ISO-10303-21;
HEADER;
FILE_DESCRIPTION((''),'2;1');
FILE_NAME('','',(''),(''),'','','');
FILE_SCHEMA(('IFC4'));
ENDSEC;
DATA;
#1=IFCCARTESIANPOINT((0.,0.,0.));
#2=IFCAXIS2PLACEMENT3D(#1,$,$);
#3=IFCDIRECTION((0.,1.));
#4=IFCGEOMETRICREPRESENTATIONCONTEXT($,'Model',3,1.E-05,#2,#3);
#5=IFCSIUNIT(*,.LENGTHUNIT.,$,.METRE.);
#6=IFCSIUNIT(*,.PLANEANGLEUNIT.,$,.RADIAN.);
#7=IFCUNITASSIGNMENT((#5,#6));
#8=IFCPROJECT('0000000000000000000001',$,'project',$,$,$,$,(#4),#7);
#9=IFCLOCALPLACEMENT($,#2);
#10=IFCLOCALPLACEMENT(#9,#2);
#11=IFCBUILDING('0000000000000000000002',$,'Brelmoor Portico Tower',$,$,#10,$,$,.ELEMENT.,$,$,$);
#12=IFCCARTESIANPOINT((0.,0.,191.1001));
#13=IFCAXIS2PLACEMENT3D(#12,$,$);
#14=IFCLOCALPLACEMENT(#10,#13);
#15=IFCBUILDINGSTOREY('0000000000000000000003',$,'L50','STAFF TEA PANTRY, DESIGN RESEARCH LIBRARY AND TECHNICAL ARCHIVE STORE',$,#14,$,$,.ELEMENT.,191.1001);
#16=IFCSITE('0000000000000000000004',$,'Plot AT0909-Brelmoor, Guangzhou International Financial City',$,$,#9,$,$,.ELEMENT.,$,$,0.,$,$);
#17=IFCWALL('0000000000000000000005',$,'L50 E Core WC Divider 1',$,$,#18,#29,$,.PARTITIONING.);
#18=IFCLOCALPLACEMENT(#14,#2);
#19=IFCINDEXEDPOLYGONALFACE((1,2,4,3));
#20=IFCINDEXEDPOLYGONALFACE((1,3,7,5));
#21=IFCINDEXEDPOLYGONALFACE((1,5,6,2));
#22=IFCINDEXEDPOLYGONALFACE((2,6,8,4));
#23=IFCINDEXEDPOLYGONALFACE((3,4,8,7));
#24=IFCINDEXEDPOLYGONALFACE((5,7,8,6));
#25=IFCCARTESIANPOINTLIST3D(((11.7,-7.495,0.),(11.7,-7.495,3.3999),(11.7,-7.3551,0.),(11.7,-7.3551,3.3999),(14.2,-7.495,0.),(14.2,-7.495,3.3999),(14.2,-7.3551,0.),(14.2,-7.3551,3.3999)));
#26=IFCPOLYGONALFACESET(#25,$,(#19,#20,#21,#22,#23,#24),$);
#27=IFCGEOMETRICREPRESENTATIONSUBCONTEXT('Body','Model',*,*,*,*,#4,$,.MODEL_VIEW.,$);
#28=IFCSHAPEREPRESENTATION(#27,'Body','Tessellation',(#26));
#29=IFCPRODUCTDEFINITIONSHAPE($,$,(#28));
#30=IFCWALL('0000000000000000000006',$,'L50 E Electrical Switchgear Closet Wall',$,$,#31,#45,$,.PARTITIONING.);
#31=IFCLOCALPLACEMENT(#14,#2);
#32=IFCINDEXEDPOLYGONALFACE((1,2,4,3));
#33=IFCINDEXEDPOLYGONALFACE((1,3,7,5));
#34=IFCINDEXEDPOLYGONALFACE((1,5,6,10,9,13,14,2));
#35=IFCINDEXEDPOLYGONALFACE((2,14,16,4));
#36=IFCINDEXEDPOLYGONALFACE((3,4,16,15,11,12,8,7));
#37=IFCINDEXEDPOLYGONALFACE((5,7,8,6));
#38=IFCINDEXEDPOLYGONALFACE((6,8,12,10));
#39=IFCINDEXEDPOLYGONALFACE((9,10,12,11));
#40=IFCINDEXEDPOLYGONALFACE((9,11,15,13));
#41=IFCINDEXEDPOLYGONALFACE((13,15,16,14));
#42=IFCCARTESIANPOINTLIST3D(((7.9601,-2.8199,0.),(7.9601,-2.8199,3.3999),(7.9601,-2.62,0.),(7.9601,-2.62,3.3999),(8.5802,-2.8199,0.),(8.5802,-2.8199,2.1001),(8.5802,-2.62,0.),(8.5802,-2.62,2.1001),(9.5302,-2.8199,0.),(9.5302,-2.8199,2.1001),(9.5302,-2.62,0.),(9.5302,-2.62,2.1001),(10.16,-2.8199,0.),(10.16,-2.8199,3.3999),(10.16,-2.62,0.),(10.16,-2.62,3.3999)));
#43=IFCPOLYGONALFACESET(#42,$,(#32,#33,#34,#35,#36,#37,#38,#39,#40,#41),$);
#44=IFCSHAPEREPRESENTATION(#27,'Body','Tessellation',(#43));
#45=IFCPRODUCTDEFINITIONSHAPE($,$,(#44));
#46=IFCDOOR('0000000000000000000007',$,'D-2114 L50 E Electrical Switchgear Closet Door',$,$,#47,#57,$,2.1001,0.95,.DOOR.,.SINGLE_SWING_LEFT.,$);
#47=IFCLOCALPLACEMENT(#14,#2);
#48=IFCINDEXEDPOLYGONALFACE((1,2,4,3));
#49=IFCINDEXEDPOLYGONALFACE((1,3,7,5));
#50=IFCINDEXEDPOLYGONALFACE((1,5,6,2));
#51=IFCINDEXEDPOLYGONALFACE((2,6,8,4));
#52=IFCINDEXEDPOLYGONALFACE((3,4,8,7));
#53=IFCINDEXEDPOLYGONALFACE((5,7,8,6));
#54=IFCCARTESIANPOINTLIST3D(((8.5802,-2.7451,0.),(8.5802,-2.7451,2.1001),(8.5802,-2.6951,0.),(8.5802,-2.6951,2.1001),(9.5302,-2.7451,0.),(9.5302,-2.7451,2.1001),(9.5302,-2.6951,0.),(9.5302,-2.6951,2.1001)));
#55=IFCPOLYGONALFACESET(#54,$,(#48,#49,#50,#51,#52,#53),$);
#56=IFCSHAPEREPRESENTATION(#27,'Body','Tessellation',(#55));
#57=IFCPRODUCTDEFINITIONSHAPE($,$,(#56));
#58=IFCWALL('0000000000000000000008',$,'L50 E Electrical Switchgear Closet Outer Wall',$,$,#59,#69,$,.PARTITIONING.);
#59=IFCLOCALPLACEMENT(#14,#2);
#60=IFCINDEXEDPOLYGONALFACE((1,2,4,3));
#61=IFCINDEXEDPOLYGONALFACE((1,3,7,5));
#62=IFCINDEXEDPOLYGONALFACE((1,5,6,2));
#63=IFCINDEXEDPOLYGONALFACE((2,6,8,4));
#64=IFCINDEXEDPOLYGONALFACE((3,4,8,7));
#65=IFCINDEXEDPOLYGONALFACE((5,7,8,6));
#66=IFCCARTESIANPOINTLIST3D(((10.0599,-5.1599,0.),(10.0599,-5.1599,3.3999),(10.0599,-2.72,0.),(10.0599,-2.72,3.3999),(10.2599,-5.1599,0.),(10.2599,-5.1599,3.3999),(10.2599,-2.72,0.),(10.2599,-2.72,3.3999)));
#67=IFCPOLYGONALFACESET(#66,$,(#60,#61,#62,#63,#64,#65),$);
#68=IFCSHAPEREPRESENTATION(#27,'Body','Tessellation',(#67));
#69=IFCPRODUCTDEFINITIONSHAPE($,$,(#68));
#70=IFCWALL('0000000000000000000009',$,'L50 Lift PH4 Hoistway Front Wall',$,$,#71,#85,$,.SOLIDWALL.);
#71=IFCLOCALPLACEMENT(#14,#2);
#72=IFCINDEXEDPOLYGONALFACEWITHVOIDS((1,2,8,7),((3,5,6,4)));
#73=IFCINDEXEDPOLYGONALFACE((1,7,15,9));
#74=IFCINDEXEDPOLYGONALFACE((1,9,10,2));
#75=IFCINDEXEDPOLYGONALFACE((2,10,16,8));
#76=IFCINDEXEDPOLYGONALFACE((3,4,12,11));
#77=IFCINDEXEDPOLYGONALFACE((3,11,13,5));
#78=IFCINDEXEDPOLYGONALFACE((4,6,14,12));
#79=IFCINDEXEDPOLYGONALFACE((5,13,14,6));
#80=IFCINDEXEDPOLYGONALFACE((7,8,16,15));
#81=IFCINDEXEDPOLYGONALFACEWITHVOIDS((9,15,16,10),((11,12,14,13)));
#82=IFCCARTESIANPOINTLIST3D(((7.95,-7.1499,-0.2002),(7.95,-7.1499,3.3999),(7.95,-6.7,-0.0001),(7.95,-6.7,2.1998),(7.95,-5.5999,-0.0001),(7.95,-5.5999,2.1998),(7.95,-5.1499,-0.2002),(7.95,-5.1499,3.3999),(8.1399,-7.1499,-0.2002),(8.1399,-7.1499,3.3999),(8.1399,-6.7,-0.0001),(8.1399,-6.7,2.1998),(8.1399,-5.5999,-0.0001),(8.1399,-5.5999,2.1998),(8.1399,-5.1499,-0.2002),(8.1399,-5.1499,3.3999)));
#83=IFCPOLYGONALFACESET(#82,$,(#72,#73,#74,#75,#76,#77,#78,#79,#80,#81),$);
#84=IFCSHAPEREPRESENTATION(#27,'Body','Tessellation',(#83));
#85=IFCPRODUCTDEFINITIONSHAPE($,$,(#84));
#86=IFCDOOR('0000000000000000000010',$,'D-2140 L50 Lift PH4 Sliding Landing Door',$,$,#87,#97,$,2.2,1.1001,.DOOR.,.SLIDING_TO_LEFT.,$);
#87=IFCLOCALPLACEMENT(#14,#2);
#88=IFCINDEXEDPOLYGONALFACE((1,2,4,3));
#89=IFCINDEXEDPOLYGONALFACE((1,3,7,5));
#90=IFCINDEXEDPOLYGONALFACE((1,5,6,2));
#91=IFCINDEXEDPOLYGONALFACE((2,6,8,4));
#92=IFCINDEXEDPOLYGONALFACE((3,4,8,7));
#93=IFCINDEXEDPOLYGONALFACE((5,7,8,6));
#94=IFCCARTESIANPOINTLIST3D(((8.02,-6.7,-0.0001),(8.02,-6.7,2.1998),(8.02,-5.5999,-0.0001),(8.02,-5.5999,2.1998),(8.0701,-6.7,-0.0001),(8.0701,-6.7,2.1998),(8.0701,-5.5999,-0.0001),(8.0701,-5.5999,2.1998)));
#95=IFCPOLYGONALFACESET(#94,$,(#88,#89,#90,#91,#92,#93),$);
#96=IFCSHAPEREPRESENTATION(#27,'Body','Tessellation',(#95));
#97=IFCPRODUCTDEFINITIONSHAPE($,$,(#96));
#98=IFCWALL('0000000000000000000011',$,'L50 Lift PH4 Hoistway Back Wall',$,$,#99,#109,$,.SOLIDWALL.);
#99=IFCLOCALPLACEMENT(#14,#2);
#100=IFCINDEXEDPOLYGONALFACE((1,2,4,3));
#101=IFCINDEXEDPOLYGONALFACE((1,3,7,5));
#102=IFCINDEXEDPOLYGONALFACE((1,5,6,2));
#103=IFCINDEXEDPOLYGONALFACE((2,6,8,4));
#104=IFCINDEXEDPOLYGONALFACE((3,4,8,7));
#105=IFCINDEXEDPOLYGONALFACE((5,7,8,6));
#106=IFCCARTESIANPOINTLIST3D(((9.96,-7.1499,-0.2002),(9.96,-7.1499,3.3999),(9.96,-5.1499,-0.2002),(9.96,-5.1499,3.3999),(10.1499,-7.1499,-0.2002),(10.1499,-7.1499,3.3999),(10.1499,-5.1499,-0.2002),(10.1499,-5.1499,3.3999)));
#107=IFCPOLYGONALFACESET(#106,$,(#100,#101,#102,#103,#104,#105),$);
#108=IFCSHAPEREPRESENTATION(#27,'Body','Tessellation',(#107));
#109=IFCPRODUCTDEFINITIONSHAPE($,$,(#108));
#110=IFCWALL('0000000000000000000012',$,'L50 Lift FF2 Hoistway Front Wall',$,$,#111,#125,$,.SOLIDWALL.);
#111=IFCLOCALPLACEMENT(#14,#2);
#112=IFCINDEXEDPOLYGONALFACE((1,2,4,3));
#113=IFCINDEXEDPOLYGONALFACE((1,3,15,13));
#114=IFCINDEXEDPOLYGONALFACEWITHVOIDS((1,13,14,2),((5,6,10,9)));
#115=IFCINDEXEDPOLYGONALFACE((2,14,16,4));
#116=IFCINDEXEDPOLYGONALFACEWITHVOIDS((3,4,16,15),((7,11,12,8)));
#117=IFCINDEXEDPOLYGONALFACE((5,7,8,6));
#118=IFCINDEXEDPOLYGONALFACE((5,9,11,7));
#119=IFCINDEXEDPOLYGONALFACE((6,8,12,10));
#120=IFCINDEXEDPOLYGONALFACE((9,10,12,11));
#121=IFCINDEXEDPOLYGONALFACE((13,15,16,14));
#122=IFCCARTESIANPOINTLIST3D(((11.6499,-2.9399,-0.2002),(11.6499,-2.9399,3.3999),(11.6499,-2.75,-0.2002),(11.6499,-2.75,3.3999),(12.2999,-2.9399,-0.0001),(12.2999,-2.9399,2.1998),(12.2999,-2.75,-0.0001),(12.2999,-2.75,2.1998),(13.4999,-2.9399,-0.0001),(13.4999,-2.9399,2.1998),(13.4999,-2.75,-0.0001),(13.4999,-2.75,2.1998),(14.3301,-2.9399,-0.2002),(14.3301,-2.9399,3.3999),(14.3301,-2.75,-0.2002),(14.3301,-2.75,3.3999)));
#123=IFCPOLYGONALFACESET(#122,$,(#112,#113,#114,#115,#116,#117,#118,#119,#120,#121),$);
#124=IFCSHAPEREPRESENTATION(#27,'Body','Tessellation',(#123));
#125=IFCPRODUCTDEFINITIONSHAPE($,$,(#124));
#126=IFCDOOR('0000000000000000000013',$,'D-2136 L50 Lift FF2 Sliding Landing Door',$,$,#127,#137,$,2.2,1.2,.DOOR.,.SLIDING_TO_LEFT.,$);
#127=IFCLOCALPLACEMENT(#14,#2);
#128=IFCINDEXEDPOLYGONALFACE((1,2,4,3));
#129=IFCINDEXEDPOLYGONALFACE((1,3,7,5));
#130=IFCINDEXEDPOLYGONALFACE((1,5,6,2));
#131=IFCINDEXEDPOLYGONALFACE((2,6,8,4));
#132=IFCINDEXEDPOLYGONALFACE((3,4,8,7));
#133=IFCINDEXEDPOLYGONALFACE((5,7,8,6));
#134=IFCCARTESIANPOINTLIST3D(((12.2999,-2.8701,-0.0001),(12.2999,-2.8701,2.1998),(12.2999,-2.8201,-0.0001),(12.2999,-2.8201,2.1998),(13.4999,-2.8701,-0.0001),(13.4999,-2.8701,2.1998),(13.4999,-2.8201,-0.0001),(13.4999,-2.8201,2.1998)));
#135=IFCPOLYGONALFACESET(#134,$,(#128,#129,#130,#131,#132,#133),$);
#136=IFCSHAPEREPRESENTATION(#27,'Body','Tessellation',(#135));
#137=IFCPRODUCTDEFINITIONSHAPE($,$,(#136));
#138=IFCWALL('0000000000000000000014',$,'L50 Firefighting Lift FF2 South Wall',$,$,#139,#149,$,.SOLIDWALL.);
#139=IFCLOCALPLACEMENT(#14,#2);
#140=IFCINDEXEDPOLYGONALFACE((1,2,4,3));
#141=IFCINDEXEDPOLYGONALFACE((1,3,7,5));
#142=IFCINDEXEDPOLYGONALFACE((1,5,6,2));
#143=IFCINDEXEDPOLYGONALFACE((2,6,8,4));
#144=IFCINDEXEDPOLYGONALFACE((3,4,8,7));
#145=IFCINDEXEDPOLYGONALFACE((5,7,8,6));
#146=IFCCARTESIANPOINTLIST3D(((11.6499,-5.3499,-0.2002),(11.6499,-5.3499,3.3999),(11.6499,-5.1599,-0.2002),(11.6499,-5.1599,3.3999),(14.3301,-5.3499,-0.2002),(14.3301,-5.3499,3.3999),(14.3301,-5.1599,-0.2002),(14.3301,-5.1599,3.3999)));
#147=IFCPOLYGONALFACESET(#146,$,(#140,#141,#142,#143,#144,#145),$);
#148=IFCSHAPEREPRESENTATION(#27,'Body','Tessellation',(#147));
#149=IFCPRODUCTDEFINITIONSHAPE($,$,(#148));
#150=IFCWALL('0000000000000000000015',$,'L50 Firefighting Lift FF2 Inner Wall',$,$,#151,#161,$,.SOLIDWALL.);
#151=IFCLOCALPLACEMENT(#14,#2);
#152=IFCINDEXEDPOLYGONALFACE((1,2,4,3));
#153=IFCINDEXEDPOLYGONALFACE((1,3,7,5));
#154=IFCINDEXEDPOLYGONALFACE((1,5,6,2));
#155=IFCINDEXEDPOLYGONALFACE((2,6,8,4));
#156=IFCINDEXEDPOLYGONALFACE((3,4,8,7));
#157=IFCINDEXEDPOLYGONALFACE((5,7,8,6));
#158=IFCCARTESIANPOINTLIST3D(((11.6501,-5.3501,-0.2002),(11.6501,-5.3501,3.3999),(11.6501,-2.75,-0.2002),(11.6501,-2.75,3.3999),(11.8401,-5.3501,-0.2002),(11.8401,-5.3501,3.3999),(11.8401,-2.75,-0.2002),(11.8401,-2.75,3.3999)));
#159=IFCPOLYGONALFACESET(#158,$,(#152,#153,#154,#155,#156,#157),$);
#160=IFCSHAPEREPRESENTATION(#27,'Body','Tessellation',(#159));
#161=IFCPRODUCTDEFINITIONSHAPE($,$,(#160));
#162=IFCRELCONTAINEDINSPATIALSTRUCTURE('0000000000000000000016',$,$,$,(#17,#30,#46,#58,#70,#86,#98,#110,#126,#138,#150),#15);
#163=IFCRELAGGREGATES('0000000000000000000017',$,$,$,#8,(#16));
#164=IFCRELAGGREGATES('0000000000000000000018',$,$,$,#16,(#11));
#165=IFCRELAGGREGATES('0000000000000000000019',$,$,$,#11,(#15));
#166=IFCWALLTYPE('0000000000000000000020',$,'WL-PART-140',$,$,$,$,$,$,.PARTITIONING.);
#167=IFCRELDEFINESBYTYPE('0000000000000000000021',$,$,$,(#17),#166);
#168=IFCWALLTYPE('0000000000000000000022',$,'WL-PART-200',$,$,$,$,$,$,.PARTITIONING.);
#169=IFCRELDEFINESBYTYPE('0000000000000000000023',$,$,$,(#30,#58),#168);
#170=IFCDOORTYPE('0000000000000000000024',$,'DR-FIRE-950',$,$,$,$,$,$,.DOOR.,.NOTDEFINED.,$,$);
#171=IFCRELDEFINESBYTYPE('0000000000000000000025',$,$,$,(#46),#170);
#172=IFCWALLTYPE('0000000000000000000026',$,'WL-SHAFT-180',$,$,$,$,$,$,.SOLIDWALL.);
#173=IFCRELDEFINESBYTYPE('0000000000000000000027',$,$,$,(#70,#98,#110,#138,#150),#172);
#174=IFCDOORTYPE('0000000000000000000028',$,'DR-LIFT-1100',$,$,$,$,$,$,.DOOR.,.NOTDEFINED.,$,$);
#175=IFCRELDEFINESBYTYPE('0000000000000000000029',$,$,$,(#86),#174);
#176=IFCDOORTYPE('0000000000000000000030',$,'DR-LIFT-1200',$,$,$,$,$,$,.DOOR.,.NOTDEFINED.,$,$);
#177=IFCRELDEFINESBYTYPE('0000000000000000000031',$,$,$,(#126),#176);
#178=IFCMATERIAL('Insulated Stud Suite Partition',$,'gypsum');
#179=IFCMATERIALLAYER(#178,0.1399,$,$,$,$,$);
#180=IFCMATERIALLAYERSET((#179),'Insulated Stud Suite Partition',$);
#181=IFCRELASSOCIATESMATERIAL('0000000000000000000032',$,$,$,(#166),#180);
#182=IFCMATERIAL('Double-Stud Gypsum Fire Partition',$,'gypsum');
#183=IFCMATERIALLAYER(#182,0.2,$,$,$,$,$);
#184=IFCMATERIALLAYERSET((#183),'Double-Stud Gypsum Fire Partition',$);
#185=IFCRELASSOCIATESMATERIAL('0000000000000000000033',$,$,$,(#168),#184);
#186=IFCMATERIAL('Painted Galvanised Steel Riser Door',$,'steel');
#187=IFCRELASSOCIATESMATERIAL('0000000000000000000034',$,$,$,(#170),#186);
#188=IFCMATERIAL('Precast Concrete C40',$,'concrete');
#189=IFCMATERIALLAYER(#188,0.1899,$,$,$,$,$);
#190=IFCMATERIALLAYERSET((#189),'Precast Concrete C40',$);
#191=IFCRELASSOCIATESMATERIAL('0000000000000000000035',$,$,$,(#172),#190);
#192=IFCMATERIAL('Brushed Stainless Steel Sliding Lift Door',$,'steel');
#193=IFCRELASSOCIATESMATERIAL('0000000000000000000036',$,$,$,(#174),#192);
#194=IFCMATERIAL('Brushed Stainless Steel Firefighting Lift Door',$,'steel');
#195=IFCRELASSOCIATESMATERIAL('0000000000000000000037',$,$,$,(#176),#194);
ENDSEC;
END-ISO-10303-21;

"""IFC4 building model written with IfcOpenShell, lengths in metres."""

from ifc_helpers import new_model, si_unit, direction, frame, frame_2d, origin, place, context, subcontext, project, spatial, rectangle, extrude, material, layer, layer_set, type_object, element, fill, save


model = new_model("IFC4")

# Units and contexts
model_context = context("Model", 3, precision=1e-05, world=origin(), true_north=direction((0.0, 1.0)))
body_context = subcontext(model_context, "Body", "Model", "MODEL_VIEW")
ifc_project = project(units=[si_unit("LENGTHUNIT", "METRE"), si_unit("PLANEANGLEUNIT", "RADIAN")], contexts=[model_context])

# Site, building, storey
site_placement = place(None, origin())
site = spatial("IfcSite", under=ifc_project, at=site_placement, Name="Plot AT0909-Brelmoor, Guangzhou International Financial City", CompositionType="ELEMENT", RefElevation=0.0)
building_placement = place(site_placement, origin())
building = spatial("IfcBuilding", under=site, at=building_placement, Name="Brelmoor Portico Tower", CompositionType="ELEMENT")
storey_placement = place(building_placement, frame((0.0, 0.0, 191.1001)))
storey = spatial("IfcBuildingStorey", under=building, at=storey_placement, Name="L50", Description="STAFF TEA PANTRY, DESIGN RESEARCH LIBRARY AND TECHNICAL ARCHIVE STORE", CompositionType="ELEMENT", Elevation=191.1001)

# Wall
ifc_material_1 = material(Name="Insulated Stud Suite Partition", Category="gypsum")
ifc_layer_1 = layer(ifc_material_1, 0.1399)
ifc_layer_set_1 = layer_set([ifc_layer_1], Name="Insulated Stud Suite Partition")
wall_type_1 = type_object("IfcWallType", Name="WL-PART-140", PredefinedType="PARTITIONING", material=ifc_layer_set_1)
wall_1_placement = place(storey_placement, frame((11.7, -7.425, 0.0), z_axis=(0.0, 0.0, 1.0), x_axis=(1.0, 0.0, 0.0)))
element("IfcWall", 1, at=wall_1_placement, inside=storey, type_object=wall_type_1, Name="L50 E Core WC Divider 1", PredefinedType="PARTITIONING", context=body_context, shape_type="SweptSolid", body=[
    extrude(rectangle(XDim=2.5, YDim=0.1399, at=frame_2d((1.25, 0.0))), origin(), (0.0, 0.0, 1.0), 3.3999),
])

# Wall, opening, door
ifc_material_2 = material(Name="Double-Stud Gypsum Fire Partition", Category="gypsum")
ifc_layer_2 = layer(ifc_material_2, 0.2)
ifc_layer_set_2 = layer_set([ifc_layer_2], Name="Double-Stud Gypsum Fire Partition")
wall_type_2 = type_object("IfcWallType", Name="WL-PART-200", PredefinedType="PARTITIONING", material=ifc_layer_set_2)
wall_2_placement = place(storey_placement, frame((7.96, -2.72, 0.0), z_axis=(0.0, 0.0, 1.0), x_axis=(1.0, 0.0, 0.0)))
wall_2 = element("IfcWall", 2, at=wall_2_placement, inside=storey, type_object=wall_type_2, Name="L50 E Electrical Switchgear Closet Wall", PredefinedType="PARTITIONING", context=body_context, shape_type="SweptSolid", body=[
    extrude(rectangle(XDim=2.2, YDim=0.2, at=frame_2d((1.1001, 0.0))), origin(), (0.0, 0.0, 1.0), 3.3999),
])
opening_1_placement = place(wall_2_placement, frame((0.6201, 0.0, 0.0)))
opening_1 = element("IfcOpeningElement", 3, at=opening_1_placement, cuts=wall_2, PredefinedType="OPENING", context=body_context, shape_type="SweptSolid", body=[
    extrude(rectangle(XDim=0.95, YDim=2.1001, at=frame_2d((0.4751, 1.05))), frame((0.0, 0.1099, 0.0), z_axis=(0.0, -1.0, 0.0), x_axis=(1.0, 0.0, 0.0)), (0.0, 0.0, 1.0), 0.22),
])
ifc_material_3 = material(Name="Painted Galvanised Steel Riser Door", Category="steel")
door_type_1 = type_object("IfcDoorType", Name="DR-FIRE-950", OperationType="NOTDEFINED", PredefinedType="DOOR", material=ifc_material_3)
door_1_placement = place(opening_1_placement, origin())
door_1 = element("IfcDoor", 4, at=door_1_placement, inside=storey, type_object=door_type_1, Name="D-2114 L50 E Electrical Switchgear Closet Door", OperationType="SINGLE_SWING_LEFT", OverallHeight=2.1001, OverallWidth=0.95, PredefinedType="DOOR", context=body_context, shape_type="SweptSolid", body=[
    extrude(rectangle(XDim=0.95, YDim=2.1001, at=frame_2d((0.4751, 1.05))), frame((0.0, 0.0249, 0.0), z_axis=(0.0, -1.0, 0.0), x_axis=(1.0, 0.0, 0.0)), (0.0, 0.0, 1.0), 0.05),
])
fill(opening_1, door_1)

# Wall
wall_3_placement = place(storey_placement, frame((10.1599, -5.1599, 0.0), z_axis=(0.0, 0.0, 1.0), x_axis=(0.0, 1.0, 0.0)))
element("IfcWall", 5, at=wall_3_placement, inside=storey, type_object=wall_type_2, Name="L50 E Electrical Switchgear Closet Outer Wall", PredefinedType="PARTITIONING", context=body_context, shape_type="SweptSolid", body=[
    extrude(rectangle(XDim=2.4399, YDim=0.2, at=frame_2d((1.22, 0.0))), origin(), (0.0, 0.0, 1.0), 3.3999),
])

# Wall, opening, door
ifc_material_4 = material(Name="Precast Concrete C40", Category="concrete")
ifc_layer_3 = layer(ifc_material_4, 0.1899)
ifc_layer_set_3 = layer_set([ifc_layer_3], Name="Precast Concrete C40")
wall_type_3 = type_object("IfcWallType", Name="WL-SHAFT-180", PredefinedType="SOLIDWALL", material=ifc_layer_set_3)
wall_4_placement = place(storey_placement, frame((8.0449, -7.1499, -0.2002), z_axis=(0.0, 0.0, 1.0), x_axis=(0.0, 1.0, 0.0)))
wall_4 = element("IfcWall", 6, at=wall_4_placement, inside=storey, type_object=wall_type_3, Name="L50 Lift PH4 Hoistway Front Wall", PredefinedType="SOLIDWALL", context=body_context, shape_type="SweptSolid", body=[
    extrude(rectangle(XDim=2.0, YDim=0.1899, at=frame_2d((1.0, 0.0))), origin(), (0.0, 0.0, 1.0), 3.6001),
])
opening_2_placement = place(wall_4_placement, frame((0.45, 0.0, 0.2)))
opening_2 = element("IfcOpeningElement", 7, at=opening_2_placement, cuts=wall_4, PredefinedType="OPENING", context=body_context, shape_type="SweptSolid", body=[
    extrude(rectangle(XDim=1.1001, YDim=2.2, at=frame_2d((0.55, 1.1001))), frame((0.0, 0.105, 0.0), z_axis=(0.0, -1.0, 0.0), x_axis=(1.0, 0.0, 0.0)), (0.0, 0.0, 1.0), 0.21),
])
ifc_material_5 = material(Name="Brushed Stainless Steel Sliding Lift Door", Category="steel")
door_type_2 = type_object("IfcDoorType", Name="DR-LIFT-1100", OperationType="NOTDEFINED", PredefinedType="DOOR", material=ifc_material_5)
door_2_placement = place(opening_2_placement, origin())
door_2 = element("IfcDoor", 8, at=door_2_placement, inside=storey, type_object=door_type_2, Name="D-2140 L50 Lift PH4 Sliding Landing Door", OperationType="SLIDING_TO_LEFT", OverallHeight=2.2, OverallWidth=1.1001, PredefinedType="DOOR", context=body_context, shape_type="SweptSolid", body=[
    extrude(rectangle(XDim=1.1001, YDim=2.2, at=frame_2d((0.55, 1.1001))), frame((0.0, 0.0249, 0.0), z_axis=(0.0, -1.0, 0.0), x_axis=(1.0, 0.0, 0.0)), (0.0, 0.0, 1.0), 0.05),
])
fill(opening_2, door_2)

# Wall
wall_5_placement = place(storey_placement, frame((10.0549, -7.1499, -0.2002), z_axis=(0.0, 0.0, 1.0), x_axis=(0.0, 1.0, 0.0)))
element("IfcWall", 9, at=wall_5_placement, inside=storey, type_object=wall_type_3, Name="L50 Lift PH4 Hoistway Back Wall", PredefinedType="SOLIDWALL", context=body_context, shape_type="SweptSolid", body=[
    extrude(rectangle(XDim=2.0, YDim=0.1899, at=frame_2d((1.0, 0.0))), origin(), (0.0, 0.0, 1.0), 3.6001),
])

# Wall, opening, door
wall_6_placement = place(storey_placement, frame((11.6499, -2.845, -0.2002), z_axis=(0.0, 0.0, 1.0), x_axis=(1.0, 0.0, 0.0)))
wall_6 = element("IfcWall", 10, at=wall_6_placement, inside=storey, type_object=wall_type_3, Name="L50 Lift FF2 Hoistway Front Wall", PredefinedType="SOLIDWALL", context=body_context, shape_type="SweptSolid", body=[
    extrude(rectangle(XDim=2.6802, YDim=0.1899, at=frame_2d((1.3401, 0.0))), origin(), (0.0, 0.0, 1.0), 3.6001),
])
opening_3_placement = place(wall_6_placement, frame((0.6499, 0.0, 0.2)))
opening_3 = element("IfcOpeningElement", 11, at=opening_3_placement, cuts=wall_6, PredefinedType="OPENING", context=body_context, shape_type="SweptSolid", body=[
    extrude(rectangle(XDim=1.2, YDim=2.2, at=frame_2d((0.6001, 1.1001))), frame((0.0, 0.105, 0.0), z_axis=(0.0, -1.0, 0.0), x_axis=(1.0, 0.0, 0.0)), (0.0, 0.0, 1.0), 0.21),
])
ifc_material_6 = material(Name="Brushed Stainless Steel Firefighting Lift Door", Category="steel")
door_type_3 = type_object("IfcDoorType", Name="DR-LIFT-1200", OperationType="NOTDEFINED", PredefinedType="DOOR", material=ifc_material_6)
door_3_placement = place(opening_3_placement, origin())
door_3 = element("IfcDoor", 12, at=door_3_placement, inside=storey, type_object=door_type_3, Name="D-2136 L50 Lift FF2 Sliding Landing Door", OperationType="SLIDING_TO_LEFT", OverallHeight=2.2, OverallWidth=1.2, PredefinedType="DOOR", context=body_context, shape_type="SweptSolid", body=[
    extrude(rectangle(XDim=1.2, YDim=2.2, at=frame_2d((0.6001, 1.1001))), frame((0.0, 0.0249, 0.0), z_axis=(0.0, -1.0, 0.0), x_axis=(1.0, 0.0, 0.0)), (0.0, 0.0, 1.0), 0.05),
])
fill(opening_3, door_3)

# Walls
wall_7_placement = place(storey_placement, frame((11.6499, -5.2549, -0.2002), z_axis=(0.0, 0.0, 1.0), x_axis=(1.0, 0.0, 0.0)))
element("IfcWall", 13, at=wall_7_placement, inside=storey, type_object=wall_type_3, Name="L50 Firefighting Lift FF2 South Wall", PredefinedType="SOLIDWALL", context=body_context, shape_type="SweptSolid", body=[
    extrude(rectangle(XDim=2.6802, YDim=0.1899, at=frame_2d((1.3401, 0.0))), origin(), (0.0, 0.0, 1.0), 3.6001),
])
wall_8_placement = place(storey_placement, frame((11.7451, -5.3501, -0.2002), z_axis=(0.0, 0.0, 1.0), x_axis=(0.0, 1.0, 0.0)))
element("IfcWall", 14, at=wall_8_placement, inside=storey, type_object=wall_type_3, Name="L50 Firefighting Lift FF2 Inner Wall", PredefinedType="SOLIDWALL", context=body_context, shape_type="SweptSolid", body=[
    extrude(rectangle(XDim=2.6001, YDim=0.1899, at=frame_2d((1.3, 0.0))), origin(), (0.0, 0.0, 1.0), 3.6001),
])

save(model, "model.ifc")
